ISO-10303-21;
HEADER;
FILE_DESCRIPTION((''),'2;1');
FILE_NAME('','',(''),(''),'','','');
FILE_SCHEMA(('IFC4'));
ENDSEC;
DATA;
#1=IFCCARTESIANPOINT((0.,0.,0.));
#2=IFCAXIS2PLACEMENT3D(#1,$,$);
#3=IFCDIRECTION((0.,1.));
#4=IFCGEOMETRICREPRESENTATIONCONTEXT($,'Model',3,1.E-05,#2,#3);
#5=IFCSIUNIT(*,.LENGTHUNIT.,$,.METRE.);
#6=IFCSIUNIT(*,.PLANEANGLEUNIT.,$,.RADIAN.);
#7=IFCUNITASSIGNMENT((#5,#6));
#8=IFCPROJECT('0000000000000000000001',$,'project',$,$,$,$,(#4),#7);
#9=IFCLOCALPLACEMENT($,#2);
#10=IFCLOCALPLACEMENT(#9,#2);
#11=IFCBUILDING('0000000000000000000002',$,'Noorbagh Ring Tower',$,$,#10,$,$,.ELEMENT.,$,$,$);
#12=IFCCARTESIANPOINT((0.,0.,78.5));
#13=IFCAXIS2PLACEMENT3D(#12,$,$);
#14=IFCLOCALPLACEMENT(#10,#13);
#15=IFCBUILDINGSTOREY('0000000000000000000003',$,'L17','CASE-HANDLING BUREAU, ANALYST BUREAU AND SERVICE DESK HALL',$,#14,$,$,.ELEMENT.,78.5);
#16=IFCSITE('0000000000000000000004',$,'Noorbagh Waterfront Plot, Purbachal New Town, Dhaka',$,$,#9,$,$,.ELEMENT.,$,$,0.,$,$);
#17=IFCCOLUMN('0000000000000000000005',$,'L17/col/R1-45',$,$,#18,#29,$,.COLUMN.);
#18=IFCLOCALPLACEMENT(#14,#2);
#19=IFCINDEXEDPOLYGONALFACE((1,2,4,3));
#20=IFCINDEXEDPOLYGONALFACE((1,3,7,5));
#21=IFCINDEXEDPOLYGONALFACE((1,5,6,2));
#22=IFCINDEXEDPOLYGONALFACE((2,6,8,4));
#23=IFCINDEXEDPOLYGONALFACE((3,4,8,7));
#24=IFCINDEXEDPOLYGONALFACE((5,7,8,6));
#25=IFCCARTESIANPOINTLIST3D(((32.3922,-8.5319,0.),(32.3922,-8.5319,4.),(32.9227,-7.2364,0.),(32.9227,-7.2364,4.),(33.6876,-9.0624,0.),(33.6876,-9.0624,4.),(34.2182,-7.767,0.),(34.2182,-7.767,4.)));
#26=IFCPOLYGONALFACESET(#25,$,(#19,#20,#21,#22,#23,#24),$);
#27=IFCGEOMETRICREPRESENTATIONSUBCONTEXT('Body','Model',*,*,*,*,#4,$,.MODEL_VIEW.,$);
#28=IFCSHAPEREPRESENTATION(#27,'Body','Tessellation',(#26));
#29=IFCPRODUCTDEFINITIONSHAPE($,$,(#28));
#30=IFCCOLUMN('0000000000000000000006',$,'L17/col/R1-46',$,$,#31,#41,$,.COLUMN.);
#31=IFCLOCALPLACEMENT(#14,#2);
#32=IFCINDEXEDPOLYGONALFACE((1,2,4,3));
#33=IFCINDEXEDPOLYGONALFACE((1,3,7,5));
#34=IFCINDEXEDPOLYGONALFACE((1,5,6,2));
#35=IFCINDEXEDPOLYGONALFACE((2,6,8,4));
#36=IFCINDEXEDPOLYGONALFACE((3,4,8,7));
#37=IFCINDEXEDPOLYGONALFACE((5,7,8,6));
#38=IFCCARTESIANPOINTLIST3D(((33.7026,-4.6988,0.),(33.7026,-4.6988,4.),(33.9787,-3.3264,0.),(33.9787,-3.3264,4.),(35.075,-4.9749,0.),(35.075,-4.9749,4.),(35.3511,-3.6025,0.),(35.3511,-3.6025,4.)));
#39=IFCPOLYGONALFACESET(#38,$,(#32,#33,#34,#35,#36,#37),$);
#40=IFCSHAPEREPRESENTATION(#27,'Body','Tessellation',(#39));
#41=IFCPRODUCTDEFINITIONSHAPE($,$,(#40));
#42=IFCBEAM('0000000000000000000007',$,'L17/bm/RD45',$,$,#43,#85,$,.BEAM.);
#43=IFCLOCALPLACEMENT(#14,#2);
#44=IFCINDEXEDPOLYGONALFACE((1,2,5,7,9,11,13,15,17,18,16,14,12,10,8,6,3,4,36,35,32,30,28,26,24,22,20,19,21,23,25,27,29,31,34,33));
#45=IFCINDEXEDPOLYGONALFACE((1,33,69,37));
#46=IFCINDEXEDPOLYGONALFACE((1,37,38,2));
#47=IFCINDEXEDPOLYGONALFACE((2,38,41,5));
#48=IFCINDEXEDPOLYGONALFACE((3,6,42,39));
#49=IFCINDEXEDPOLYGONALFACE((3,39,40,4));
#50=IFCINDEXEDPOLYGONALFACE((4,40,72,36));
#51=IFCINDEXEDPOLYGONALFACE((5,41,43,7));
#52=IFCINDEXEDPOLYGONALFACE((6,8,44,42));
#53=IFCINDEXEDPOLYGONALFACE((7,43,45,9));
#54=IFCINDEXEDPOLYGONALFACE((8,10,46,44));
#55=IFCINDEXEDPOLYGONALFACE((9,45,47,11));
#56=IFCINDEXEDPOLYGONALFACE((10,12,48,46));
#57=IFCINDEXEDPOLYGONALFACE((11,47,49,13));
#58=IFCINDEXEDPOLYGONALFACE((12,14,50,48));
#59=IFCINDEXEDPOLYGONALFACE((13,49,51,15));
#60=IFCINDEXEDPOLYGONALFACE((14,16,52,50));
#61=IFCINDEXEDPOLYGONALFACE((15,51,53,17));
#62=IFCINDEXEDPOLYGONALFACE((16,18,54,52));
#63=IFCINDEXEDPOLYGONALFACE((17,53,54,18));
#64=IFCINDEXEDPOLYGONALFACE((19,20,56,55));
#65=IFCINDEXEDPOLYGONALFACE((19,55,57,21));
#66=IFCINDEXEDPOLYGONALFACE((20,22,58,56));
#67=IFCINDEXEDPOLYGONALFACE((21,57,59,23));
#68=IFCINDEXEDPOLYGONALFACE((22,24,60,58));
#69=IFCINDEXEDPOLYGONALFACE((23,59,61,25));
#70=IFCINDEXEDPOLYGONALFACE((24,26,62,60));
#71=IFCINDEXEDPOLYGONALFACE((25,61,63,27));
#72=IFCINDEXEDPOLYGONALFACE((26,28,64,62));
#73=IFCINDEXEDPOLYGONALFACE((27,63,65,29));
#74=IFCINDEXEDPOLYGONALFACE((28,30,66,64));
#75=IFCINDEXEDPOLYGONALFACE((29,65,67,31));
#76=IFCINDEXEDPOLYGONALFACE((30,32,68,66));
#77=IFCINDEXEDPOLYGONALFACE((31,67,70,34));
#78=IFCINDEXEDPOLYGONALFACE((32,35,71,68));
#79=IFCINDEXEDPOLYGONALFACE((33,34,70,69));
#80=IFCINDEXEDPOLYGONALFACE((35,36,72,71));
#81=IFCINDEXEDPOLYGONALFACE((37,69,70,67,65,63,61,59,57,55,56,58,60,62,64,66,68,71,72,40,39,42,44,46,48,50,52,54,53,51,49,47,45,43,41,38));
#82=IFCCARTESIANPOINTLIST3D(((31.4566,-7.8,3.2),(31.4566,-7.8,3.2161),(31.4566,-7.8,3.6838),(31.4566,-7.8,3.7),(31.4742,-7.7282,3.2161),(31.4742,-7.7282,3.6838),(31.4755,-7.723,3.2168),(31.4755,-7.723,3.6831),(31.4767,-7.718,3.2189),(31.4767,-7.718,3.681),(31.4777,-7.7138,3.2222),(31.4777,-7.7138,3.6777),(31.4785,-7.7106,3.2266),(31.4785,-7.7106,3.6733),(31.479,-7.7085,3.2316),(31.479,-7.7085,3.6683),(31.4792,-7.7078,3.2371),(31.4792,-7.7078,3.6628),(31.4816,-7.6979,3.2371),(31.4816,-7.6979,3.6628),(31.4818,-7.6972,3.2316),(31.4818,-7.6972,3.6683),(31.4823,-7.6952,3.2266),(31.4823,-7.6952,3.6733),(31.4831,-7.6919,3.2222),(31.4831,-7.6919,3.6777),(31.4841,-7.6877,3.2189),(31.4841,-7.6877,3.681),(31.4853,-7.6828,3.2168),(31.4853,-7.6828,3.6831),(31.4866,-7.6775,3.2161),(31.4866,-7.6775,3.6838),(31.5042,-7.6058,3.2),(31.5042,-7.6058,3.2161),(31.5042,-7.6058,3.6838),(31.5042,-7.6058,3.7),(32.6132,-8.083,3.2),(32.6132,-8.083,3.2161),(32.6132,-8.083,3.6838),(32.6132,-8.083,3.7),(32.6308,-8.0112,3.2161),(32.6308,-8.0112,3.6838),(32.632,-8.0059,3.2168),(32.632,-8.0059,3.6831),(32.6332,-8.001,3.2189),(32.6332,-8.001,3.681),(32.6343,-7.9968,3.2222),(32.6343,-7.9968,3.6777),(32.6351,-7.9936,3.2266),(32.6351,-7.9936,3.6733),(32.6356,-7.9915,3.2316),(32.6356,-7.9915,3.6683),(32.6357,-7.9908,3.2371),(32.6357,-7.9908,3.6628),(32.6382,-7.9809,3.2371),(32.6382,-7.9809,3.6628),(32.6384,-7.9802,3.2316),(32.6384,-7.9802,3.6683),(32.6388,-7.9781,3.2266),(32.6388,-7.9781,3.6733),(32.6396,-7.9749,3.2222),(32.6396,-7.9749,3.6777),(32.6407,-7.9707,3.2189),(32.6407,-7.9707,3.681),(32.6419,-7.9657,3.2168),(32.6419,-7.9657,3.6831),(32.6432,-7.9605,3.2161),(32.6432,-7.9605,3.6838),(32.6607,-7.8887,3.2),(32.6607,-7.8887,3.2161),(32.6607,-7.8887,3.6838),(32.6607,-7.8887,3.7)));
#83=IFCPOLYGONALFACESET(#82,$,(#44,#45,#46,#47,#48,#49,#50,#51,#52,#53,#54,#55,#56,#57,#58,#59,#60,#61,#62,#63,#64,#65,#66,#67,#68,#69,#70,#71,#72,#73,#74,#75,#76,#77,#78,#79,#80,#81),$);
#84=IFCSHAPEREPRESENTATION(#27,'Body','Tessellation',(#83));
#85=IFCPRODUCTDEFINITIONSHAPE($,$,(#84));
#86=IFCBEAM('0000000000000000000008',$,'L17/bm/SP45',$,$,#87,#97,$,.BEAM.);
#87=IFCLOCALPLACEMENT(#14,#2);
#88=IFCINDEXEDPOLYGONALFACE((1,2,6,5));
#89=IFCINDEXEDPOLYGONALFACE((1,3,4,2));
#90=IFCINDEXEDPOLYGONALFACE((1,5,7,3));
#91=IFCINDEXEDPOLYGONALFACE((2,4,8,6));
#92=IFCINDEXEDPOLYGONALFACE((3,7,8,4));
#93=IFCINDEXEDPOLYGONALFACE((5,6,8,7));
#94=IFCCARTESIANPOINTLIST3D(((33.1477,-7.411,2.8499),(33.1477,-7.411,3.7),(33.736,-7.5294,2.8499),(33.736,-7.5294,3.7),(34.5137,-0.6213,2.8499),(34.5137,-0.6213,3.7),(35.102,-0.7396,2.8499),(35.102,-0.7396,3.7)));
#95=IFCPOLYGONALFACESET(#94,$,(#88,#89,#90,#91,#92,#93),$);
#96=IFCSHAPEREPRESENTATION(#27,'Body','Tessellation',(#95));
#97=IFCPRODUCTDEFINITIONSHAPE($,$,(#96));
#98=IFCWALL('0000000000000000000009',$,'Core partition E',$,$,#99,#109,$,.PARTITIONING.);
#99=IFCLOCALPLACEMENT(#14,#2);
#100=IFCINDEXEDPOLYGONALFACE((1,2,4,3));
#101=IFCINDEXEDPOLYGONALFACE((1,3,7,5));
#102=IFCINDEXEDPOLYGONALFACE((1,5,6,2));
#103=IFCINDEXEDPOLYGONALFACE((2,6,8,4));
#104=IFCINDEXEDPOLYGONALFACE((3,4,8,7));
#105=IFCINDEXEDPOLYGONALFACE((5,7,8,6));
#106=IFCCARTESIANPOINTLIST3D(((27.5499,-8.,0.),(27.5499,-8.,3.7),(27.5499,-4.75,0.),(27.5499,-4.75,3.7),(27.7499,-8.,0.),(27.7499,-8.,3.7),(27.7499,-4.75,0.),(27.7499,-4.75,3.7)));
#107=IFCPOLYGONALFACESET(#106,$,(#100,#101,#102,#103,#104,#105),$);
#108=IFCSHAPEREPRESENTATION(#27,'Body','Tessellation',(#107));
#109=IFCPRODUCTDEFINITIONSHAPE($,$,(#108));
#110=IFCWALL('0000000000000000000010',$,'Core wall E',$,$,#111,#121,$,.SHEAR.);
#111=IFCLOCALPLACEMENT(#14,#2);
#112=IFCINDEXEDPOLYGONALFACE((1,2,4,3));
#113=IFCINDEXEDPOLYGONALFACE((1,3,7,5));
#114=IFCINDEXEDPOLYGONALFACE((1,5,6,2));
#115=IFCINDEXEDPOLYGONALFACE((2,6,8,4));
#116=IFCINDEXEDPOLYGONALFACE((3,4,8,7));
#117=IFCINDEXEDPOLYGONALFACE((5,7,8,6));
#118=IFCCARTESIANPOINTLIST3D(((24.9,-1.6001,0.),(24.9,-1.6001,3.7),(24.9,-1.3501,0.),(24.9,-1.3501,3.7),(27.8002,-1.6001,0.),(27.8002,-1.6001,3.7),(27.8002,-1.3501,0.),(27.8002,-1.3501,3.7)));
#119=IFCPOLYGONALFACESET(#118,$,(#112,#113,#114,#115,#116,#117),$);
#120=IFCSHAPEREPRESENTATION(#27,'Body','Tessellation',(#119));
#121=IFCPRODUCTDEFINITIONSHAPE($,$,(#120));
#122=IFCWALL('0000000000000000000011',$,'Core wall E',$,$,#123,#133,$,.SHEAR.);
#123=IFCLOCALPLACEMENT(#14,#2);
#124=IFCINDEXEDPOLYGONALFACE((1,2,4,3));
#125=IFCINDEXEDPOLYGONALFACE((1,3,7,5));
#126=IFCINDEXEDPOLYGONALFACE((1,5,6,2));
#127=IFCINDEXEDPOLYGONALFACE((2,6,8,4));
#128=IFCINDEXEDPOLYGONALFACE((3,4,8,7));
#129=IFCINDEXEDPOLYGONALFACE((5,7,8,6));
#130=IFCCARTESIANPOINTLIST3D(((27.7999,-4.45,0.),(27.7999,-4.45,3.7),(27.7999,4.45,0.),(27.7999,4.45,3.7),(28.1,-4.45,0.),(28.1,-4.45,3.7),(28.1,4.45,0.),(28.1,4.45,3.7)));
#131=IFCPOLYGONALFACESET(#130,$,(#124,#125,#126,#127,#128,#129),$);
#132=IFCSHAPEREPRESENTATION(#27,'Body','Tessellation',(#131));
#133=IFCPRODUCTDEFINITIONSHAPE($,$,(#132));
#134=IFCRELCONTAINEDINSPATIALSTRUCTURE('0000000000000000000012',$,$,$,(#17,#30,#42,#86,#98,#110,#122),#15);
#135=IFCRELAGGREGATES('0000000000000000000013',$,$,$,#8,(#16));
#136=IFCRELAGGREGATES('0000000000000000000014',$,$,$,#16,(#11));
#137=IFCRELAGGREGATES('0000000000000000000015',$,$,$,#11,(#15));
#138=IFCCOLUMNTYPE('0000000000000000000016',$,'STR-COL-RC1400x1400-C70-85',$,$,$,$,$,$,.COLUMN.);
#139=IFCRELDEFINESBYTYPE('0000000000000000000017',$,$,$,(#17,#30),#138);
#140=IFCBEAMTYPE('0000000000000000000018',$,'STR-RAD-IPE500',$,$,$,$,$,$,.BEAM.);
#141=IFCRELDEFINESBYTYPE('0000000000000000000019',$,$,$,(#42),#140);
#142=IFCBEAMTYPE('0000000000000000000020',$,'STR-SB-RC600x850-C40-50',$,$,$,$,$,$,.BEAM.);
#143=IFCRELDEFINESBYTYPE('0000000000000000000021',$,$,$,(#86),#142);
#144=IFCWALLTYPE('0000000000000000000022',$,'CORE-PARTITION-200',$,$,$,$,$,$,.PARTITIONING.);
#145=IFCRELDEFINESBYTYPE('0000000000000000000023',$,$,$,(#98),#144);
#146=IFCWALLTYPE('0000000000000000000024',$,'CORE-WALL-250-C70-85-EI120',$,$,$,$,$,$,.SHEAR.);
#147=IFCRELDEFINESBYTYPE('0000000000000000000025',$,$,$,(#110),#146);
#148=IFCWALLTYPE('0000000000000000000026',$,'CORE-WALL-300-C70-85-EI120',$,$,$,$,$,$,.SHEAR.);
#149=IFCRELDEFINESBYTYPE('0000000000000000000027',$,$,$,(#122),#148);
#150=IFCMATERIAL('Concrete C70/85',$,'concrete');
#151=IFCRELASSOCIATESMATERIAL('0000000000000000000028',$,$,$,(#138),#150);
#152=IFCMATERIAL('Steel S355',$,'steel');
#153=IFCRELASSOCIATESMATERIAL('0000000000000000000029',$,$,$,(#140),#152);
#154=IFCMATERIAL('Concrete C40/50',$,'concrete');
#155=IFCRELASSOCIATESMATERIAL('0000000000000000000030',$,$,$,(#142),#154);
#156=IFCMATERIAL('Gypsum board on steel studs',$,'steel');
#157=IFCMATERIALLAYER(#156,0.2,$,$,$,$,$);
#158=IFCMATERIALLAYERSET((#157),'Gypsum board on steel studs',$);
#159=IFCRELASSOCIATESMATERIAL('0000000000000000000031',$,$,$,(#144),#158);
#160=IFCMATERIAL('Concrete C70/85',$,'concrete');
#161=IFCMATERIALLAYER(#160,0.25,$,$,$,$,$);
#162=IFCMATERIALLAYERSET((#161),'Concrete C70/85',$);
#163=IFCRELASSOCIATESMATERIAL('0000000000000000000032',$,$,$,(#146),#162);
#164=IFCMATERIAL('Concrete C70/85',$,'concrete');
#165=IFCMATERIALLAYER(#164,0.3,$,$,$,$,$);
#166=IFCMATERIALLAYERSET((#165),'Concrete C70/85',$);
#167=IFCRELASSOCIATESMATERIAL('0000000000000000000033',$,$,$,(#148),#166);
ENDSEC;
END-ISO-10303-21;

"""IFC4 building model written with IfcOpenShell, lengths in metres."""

from ifc_helpers import new_model, si_unit, direction, frame, frame_2d, origin, origin_2d, place, context, subcontext, project, spatial, rectangle, i_section, extrude, material, layer, layer_set, material_profile, profile_set, type_object, element, save


model = new_model("IFC4")

# Units and contexts
model_context = context("Model", 3, precision=1e-05, world=origin(), true_north=direction((0.0, 1.0)))
body_context = subcontext(model_context, "Body", "Model", "MODEL_VIEW")
ifc_project = project(units=[si_unit("LENGTHUNIT", "METRE"), si_unit("PLANEANGLEUNIT", "RADIAN")], contexts=[model_context])

# Site, building, storey
site_placement = place(None, origin())
site = spatial("IfcSite", under=ifc_project, at=site_placement, Name="Noorbagh Waterfront Plot, Purbachal New Town, Dhaka", CompositionType="ELEMENT", RefElevation=0.0)
building_placement = place(site_placement, origin())
building = spatial("IfcBuilding", under=site, at=building_placement, Name="Noorbagh Ring Tower", CompositionType="ELEMENT")
storey_placement = place(building_placement, frame((0.0, 0.0, 78.5)))
storey = spatial("IfcBuildingStorey", under=building, at=storey_placement, Name="L17", Description="CASE-HANDLING BUREAU, ANALYST BUREAU AND SERVICE DESK HALL", CompositionType="ELEMENT", Elevation=78.5)

# Columns
ifc_material_1 = material(Name="Concrete C70/85", Category="concrete")
ifc_material_profile_1 = material_profile(ifc_material_1, rectangle(XDim=1.3999, YDim=1.3999, at=origin_2d()), Name="RC1400x1400")
ifc_profile_set_1 = profile_set([ifc_material_profile_1], Name="Concrete C70/85")
column_type = type_object("IfcColumnType", Name="STR-COL-RC1400x1400-C70-85", PredefinedType="COLUMN", material=ifc_profile_set_1)
for number, where, z_axis, x_axis, name in (
    (1, (33.3052, -8.1494, 0.0), (0.0, 0.0, 1.0), (0.378989, 0.925401, 0.0), "L17/col/R1-45"),
    (2, (34.5269, -4.1506, 0.0), (0.0, 0.0, 1.0), (0.19723, 0.980357, 0.0), "L17/col/R1-46"),
):
    element("IfcColumn", number, at=place(storey_placement, frame(where, z_axis=z_axis, x_axis=x_axis)), inside=storey, type_object=column_type, Name=name, PredefinedType="COLUMN", context=body_context, shape_type="SweptSolid", body=[
        extrude(rectangle(XDim=1.3999, YDim=1.3999, at=origin_2d()), origin(), (0.0, 0.0, 1.0), 4.0),
    ])

# Beams
ifc_material_2 = material(Name="Steel S355", Category="steel")
ifc_material_profile_2 = material_profile(ifc_material_2, i_section(OverallWidth=0.2, OverallDepth=0.5, WebThickness=0.0103, FlangeThickness=0.0161, FilletRadius=0.021, at=origin_2d()), Name="IPE500")
ifc_profile_set_2 = profile_set([ifc_material_profile_2], Name="Steel S355")
beam_type_1 = type_object("IfcBeamType", Name="STR-RAD-IPE500", PredefinedType="BEAM", material=ifc_profile_set_2)
beam_1_placement = place(storey_placement, frame((32.637, -7.9858, 3.45), z_axis=(-0.971349, 0.237659, 0.0), x_axis=(-0.237659, -0.971349, 0.0)))
element("IfcBeam", 3, at=beam_1_placement, inside=storey, type_object=beam_type_1, Name="L17/bm/RD45", PredefinedType="BEAM", context=body_context, shape_type="SweptSolid", body=[
    extrude(i_section(OverallWidth=0.2, OverallDepth=0.5, WebThickness=0.0103, FlangeThickness=0.0161, FilletRadius=0.021, at=origin_2d()), origin(), (0.0, 0.0, 1.0), 1.1907),
])
ifc_material_3 = material(Name="Concrete C40/50", Category="concrete")
ifc_material_profile_3 = material_profile(ifc_material_3, rectangle(XDim=0.6001, YDim=0.8501, at=origin_2d()), Name="RC600x850")
ifc_profile_set_3 = profile_set([ifc_material_profile_3], Name="Concrete C40/50")
beam_type_2 = type_object("IfcBeamType", Name="STR-SB-RC600x850-C40-50", PredefinedType="BEAM", material=ifc_profile_set_3)
beam_2_placement = place(storey_placement, frame((33.4419, -7.4702, 3.2749), z_axis=(0.197228, 0.980358, 0.0), x_axis=(-0.980358, 0.197228, 0.0)))
element("IfcBeam", 4, at=beam_2_placement, inside=storey, type_object=beam_type_2, Name="L17/bm/SP45", PredefinedType="BEAM", context=body_context, shape_type="SweptSolid", body=[
    extrude(rectangle(XDim=0.6001, YDim=0.8501, at=origin_2d()), origin(), (0.0, 0.0, 1.0), 6.9258),
])

# Walls
ifc_material_4 = material(Name="Gypsum board on steel studs", Category="steel")
ifc_layer_1 = layer(ifc_material_4, 0.2)
ifc_layer_set_1 = layer_set([ifc_layer_1], Name="Gypsum board on steel studs")
wall_type_1 = type_object("IfcWallType", Name="CORE-PARTITION-200", PredefinedType="PARTITIONING", material=ifc_layer_set_1)
wall_1_placement = place(storey_placement, frame((27.6499, -8.0, 0.0), z_axis=(0.0, 0.0, 1.0), x_axis=(0.0, 1.0, 0.0)))
element("IfcWall", 5, at=wall_1_placement, inside=storey, type_object=wall_type_1, Name="Core partition E", PredefinedType="PARTITIONING", context=body_context, shape_type="SweptSolid", body=[
    extrude(rectangle(XDim=3.25, YDim=0.2, at=frame_2d((1.625, 0.0))), origin(), (0.0, 0.0, 1.0), 3.7),
])
ifc_material_5 = material(Name="Concrete C70/85", Category="concrete")
ifc_layer_2 = layer(ifc_material_5, 0.25)
ifc_layer_set_2 = layer_set([ifc_layer_2], Name="Concrete C70/85")
wall_type_2 = type_object("IfcWallType", Name="CORE-WALL-250-C70-85-EI120", PredefinedType="SHEAR", material=ifc_layer_set_2)
wall_2_placement = place(storey_placement, frame((24.8999, -1.4751, 0.0), z_axis=(0.0, 0.0, 1.0), x_axis=(1.0, 0.0, 0.0)))
element("IfcWall", 6, at=wall_2_placement, inside=storey, type_object=wall_type_2, Name="Core wall E", PredefinedType="SHEAR", context=body_context, shape_type="SweptSolid", body=[
    extrude(rectangle(XDim=2.9001, YDim=0.25, at=frame_2d((1.4502, 0.0))), origin(), (0.0, 0.0, 1.0), 3.7),
])
ifc_material_6 = material(Name="Concrete C70/85", Category="concrete")
ifc_layer_3 = layer(ifc_material_6, 0.3)
ifc_layer_set_3 = layer_set([ifc_layer_3], Name="Concrete C70/85")
wall_type_3 = type_object("IfcWallType", Name="CORE-WALL-300-C70-85-EI120", PredefinedType="SHEAR", material=ifc_layer_set_3)
wall_3_placement = place(storey_placement, frame((27.95, -4.45, 0.0), z_axis=(0.0, 0.0, 1.0), x_axis=(0.0, 1.0, 0.0)))
element("IfcWall", 7, at=wall_3_placement, inside=storey, type_object=wall_type_3, Name="Core wall E", PredefinedType="SHEAR", context=body_context, shape_type="SweptSolid", body=[
    extrude(rectangle(XDim=8.8999, YDim=0.3, at=frame_2d((4.45, 0.0))), origin(), (0.0, 0.0, 1.0), 3.7),
])

save(model, "model.ifc")
